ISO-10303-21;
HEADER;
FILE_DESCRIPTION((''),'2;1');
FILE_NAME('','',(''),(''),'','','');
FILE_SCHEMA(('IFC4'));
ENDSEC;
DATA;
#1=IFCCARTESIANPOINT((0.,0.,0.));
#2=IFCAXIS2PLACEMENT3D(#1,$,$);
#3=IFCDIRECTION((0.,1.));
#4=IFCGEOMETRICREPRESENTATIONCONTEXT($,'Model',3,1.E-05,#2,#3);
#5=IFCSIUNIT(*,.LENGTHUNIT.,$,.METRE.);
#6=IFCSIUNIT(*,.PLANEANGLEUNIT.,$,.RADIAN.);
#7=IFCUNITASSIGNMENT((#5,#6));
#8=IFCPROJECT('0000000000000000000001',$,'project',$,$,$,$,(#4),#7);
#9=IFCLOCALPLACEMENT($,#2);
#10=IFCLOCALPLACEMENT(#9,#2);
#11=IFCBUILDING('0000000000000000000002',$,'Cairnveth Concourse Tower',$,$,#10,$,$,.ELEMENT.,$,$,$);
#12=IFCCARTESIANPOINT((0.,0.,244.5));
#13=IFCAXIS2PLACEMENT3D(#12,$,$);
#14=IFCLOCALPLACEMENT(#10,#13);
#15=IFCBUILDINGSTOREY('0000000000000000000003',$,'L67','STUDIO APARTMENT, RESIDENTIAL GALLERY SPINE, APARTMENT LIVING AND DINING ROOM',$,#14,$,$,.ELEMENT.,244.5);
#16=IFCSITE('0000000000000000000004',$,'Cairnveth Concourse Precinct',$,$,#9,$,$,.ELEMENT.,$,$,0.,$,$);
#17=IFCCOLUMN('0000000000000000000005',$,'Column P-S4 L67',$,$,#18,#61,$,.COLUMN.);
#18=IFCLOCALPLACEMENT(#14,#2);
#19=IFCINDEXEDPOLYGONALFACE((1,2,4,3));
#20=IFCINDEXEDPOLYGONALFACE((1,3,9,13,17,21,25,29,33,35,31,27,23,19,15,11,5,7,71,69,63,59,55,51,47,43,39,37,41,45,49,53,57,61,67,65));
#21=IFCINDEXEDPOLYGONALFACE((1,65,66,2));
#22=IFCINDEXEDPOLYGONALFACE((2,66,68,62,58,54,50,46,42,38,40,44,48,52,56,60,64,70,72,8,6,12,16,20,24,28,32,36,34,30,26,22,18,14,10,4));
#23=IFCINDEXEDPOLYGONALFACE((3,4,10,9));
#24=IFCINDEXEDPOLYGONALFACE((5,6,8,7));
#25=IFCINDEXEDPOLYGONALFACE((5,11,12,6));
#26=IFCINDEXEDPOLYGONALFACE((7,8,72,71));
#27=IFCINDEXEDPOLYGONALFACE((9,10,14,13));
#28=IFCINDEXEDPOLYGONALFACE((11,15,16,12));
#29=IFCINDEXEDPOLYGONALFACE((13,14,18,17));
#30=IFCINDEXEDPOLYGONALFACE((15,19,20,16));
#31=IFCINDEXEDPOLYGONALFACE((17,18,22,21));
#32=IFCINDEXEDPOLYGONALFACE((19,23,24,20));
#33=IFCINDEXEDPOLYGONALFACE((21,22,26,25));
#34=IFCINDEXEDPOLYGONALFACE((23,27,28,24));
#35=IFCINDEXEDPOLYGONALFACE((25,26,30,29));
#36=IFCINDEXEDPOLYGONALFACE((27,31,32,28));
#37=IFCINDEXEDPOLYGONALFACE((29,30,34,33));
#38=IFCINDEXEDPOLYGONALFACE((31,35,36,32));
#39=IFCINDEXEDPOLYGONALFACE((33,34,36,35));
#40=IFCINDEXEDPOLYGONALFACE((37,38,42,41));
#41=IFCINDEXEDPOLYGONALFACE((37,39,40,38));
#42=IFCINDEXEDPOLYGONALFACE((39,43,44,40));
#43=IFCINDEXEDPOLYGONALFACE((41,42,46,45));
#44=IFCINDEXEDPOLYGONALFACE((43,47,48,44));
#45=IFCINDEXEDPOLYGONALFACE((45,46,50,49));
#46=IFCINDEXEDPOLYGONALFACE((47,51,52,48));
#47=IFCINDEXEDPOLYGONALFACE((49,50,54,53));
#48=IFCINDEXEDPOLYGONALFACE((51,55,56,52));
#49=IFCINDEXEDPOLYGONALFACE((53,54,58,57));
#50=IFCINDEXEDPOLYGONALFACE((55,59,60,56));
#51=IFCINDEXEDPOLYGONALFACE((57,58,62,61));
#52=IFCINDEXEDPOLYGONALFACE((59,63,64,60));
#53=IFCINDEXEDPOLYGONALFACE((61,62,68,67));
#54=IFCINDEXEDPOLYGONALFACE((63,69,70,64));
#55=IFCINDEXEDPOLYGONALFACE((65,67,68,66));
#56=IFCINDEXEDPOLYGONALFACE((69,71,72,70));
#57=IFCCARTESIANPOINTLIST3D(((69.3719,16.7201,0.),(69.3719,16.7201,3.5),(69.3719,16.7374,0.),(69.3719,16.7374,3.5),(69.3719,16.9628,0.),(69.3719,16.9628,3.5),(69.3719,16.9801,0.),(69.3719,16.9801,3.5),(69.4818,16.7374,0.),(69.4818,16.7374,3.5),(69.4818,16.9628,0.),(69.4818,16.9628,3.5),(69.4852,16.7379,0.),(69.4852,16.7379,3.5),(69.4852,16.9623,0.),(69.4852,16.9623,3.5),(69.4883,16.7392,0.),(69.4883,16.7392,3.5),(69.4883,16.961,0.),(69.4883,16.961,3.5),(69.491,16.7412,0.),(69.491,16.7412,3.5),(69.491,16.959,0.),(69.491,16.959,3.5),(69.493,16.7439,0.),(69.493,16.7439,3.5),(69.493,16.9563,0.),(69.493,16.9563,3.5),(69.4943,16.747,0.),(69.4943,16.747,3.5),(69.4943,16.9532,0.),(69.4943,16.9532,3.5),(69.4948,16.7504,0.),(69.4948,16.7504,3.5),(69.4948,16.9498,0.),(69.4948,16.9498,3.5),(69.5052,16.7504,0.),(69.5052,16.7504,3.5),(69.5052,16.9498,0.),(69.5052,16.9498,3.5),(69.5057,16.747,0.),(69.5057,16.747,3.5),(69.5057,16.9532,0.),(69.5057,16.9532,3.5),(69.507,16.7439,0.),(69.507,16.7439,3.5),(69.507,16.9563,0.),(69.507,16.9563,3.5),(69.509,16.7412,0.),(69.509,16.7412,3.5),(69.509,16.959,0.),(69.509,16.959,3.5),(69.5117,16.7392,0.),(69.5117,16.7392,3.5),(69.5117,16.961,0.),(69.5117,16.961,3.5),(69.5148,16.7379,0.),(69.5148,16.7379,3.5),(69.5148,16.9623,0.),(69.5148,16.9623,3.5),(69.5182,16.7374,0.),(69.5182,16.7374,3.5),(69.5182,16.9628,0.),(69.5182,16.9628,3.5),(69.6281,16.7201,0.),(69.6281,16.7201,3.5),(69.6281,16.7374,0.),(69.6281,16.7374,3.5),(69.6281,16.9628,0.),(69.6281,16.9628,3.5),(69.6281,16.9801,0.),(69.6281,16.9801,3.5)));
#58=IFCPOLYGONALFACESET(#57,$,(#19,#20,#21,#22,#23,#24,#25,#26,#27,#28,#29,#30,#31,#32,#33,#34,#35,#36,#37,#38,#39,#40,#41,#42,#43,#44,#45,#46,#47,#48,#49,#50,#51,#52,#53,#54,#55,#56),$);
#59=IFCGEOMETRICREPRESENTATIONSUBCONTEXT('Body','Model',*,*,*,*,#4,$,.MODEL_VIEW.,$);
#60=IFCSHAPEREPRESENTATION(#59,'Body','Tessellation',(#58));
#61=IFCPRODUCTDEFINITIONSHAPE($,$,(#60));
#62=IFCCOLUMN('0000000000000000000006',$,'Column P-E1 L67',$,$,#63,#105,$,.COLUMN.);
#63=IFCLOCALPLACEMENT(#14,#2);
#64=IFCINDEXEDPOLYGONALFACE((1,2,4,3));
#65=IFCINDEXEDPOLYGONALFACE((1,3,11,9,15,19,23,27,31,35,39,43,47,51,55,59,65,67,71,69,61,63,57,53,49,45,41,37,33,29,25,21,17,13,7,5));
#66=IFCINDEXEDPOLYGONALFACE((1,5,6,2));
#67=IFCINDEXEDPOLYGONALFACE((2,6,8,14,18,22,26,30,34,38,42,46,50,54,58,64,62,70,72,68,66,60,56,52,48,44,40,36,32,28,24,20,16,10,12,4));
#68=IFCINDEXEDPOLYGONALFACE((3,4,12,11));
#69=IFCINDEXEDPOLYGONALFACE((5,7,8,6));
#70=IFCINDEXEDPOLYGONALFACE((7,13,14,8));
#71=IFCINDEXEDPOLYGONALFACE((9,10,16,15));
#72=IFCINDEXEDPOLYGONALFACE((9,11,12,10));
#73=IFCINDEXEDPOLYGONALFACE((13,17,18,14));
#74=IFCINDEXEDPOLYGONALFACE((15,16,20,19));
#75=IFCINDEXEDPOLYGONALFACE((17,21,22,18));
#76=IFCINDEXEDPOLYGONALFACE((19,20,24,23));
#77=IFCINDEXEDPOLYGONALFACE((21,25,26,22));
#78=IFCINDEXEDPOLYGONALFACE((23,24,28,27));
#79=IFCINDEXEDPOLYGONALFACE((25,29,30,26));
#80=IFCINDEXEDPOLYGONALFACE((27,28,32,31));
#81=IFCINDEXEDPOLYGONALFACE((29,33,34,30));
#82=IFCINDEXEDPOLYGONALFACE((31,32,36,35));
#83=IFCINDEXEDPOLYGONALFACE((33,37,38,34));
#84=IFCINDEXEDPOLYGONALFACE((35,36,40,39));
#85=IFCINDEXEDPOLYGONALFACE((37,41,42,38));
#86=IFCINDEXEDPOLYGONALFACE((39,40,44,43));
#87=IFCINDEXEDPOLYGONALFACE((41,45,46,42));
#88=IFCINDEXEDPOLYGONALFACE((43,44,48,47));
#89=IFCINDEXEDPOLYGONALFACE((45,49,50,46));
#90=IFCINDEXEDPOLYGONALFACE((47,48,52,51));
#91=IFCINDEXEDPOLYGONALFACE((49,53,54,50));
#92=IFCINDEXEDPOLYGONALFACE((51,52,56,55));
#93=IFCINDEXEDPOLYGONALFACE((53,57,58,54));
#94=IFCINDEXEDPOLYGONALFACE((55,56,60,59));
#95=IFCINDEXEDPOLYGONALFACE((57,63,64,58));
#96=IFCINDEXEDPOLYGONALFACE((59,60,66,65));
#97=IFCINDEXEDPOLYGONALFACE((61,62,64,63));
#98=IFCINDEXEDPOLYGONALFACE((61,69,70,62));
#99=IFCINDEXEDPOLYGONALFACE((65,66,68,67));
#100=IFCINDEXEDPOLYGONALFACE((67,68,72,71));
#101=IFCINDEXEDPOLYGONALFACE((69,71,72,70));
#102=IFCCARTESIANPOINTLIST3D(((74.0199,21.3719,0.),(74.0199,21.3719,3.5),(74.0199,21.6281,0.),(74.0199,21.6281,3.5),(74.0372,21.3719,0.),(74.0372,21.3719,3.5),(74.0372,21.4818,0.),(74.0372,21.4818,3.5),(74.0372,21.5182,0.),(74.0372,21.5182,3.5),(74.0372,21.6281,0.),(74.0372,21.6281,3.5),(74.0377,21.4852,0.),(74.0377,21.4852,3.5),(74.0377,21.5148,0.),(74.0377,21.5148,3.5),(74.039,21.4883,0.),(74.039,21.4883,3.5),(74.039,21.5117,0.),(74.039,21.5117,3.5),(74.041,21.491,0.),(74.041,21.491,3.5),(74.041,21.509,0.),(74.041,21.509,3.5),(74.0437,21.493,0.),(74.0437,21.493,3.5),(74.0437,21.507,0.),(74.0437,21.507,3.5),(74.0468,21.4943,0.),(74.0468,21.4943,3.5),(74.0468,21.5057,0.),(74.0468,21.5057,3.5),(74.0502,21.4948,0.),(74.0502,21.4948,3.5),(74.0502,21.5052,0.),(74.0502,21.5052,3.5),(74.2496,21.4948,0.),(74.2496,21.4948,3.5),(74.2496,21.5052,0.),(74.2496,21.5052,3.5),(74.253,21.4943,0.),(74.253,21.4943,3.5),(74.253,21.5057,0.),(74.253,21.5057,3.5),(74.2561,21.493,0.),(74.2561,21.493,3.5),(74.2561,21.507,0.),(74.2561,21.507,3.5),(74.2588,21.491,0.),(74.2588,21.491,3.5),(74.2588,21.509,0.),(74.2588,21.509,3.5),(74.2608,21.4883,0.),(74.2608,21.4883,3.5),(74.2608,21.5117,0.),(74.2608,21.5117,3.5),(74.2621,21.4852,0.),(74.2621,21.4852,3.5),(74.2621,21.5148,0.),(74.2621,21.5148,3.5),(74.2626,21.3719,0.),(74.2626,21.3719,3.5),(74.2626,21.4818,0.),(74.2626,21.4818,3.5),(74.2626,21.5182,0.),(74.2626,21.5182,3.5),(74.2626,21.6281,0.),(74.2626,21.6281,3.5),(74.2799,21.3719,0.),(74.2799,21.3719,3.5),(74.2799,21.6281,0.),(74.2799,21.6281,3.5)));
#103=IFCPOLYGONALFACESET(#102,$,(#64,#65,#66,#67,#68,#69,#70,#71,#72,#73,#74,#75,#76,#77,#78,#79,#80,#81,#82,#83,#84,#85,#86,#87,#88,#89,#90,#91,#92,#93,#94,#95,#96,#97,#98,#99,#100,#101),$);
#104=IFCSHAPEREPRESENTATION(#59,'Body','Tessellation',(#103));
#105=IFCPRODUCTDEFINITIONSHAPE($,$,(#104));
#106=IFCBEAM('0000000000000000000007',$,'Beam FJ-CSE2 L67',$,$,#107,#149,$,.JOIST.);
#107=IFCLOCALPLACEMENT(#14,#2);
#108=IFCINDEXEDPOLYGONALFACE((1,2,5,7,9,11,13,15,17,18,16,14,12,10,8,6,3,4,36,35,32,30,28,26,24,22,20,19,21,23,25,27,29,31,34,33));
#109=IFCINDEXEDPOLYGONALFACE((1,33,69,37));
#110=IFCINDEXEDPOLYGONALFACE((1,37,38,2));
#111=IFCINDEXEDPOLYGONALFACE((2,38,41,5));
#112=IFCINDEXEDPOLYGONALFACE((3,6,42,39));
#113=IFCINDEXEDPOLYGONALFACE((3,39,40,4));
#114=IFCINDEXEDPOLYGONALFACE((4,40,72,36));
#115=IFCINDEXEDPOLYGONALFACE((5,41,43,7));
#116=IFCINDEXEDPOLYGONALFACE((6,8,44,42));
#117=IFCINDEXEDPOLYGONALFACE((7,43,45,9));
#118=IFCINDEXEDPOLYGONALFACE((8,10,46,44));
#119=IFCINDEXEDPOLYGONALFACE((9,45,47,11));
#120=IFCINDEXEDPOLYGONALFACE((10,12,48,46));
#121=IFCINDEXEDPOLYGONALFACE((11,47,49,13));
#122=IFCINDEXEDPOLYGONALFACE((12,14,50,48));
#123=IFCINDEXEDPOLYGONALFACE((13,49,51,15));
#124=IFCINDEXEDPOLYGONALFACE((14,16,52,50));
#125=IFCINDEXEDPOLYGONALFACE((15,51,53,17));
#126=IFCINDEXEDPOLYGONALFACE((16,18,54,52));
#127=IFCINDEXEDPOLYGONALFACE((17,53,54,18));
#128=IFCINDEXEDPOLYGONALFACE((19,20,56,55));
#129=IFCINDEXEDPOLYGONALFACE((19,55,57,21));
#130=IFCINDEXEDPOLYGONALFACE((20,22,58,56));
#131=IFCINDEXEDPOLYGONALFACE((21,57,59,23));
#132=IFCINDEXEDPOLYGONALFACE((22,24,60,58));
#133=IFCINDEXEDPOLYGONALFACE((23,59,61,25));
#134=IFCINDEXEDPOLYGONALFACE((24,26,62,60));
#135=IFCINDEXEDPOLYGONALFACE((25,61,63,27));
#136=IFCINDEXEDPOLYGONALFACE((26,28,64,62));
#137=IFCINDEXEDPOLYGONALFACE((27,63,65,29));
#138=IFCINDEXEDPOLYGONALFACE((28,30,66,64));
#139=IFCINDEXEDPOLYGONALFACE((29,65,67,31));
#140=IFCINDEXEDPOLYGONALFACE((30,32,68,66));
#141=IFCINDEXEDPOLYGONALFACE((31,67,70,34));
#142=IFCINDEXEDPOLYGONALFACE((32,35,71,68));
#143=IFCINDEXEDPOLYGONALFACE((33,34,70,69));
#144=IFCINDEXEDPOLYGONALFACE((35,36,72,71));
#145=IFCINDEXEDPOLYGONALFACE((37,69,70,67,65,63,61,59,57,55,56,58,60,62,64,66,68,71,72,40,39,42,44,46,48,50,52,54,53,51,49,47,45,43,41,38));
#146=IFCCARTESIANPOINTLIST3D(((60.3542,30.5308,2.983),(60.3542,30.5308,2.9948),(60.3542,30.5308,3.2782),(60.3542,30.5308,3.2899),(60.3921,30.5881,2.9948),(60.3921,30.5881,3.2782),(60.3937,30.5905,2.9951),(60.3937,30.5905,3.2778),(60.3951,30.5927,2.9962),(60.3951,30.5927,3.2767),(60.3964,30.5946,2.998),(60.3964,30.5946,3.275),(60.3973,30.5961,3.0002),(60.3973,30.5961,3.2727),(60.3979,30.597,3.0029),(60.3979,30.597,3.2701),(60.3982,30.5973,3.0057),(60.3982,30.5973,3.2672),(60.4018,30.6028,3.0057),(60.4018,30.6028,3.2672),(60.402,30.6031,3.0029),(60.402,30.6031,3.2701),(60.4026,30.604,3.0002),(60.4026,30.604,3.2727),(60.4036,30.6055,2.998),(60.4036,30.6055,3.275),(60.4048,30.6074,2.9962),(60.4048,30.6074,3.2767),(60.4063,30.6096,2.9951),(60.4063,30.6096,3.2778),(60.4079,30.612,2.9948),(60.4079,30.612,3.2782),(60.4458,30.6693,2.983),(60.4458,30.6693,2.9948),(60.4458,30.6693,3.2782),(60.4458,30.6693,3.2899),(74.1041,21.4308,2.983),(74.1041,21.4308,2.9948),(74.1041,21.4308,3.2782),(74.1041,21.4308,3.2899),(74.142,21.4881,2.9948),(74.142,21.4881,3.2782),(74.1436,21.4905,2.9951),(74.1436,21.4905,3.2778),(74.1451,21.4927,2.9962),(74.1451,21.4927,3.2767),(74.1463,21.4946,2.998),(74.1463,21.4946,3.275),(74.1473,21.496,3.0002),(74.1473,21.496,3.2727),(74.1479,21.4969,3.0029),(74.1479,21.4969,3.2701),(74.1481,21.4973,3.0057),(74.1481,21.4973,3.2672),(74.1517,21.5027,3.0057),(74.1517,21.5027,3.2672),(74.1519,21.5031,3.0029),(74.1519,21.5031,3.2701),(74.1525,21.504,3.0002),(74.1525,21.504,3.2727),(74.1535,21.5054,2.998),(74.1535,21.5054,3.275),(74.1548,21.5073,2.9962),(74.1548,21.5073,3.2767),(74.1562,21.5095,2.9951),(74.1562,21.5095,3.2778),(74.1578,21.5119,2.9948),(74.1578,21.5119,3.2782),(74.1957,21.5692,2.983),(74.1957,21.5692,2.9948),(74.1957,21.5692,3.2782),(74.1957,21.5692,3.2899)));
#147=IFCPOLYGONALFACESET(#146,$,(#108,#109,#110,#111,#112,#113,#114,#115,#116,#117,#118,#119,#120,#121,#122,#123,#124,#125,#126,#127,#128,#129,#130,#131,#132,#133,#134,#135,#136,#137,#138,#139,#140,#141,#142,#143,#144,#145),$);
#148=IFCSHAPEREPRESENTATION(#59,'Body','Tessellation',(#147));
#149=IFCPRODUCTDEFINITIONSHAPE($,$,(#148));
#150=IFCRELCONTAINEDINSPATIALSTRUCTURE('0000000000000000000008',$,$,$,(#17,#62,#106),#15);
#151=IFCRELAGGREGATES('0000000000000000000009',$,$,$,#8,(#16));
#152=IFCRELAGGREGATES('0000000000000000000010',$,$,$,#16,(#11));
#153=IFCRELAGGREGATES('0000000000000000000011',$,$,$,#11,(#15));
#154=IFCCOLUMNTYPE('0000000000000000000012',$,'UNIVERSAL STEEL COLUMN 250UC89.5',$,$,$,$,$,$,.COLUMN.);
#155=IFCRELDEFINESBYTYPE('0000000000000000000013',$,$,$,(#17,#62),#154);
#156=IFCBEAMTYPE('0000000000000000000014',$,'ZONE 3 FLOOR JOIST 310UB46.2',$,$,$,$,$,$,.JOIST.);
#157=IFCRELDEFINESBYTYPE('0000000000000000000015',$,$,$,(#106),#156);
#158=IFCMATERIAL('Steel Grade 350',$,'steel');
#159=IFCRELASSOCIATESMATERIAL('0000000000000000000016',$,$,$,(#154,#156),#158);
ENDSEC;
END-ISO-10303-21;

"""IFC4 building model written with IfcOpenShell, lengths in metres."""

from ifc_helpers import new_model, si_unit, direction, frame, origin, origin_2d, place, context, subcontext, project, spatial, i_section, extrude, material, material_profile, profile_set, type_object, element, save


model = new_model("IFC4")

# Units and contexts
model_context = context("Model", 3, precision=1e-05, world=origin(), true_north=direction((0.0, 1.0)))
body_context = subcontext(model_context, "Body", "Model", "MODEL_VIEW")
ifc_project = project(units=[si_unit("LENGTHUNIT", "METRE"), si_unit("PLANEANGLEUNIT", "RADIAN")], contexts=[model_context])

# Site, building, storey
site_placement = place(None, origin())
site = spatial("IfcSite", under=ifc_project, at=site_placement, Name="Cairnveth Concourse Precinct", CompositionType="ELEMENT", RefElevation=0.0)
building_placement = place(site_placement, origin())
building = spatial("IfcBuilding", under=site, at=building_placement, Name="Cairnveth Concourse Tower", CompositionType="ELEMENT")
storey_placement = place(building_placement, frame((0.0, 0.0, 244.5)))
storey = spatial("IfcBuildingStorey", under=building, at=storey_placement, Name="L67", Description="STUDIO APARTMENT, RESIDENTIAL GALLERY SPINE, APARTMENT LIVING AND DINING ROOM", CompositionType="ELEMENT", Elevation=244.5)

# Columns
ifc_material_1 = material(Name="Steel Grade 350", Category="steel")
ifc_material_profile_1 = material_profile(ifc_material_1, i_section(OverallWidth=0.2561, OverallDepth=0.26, WebThickness=0.0105, FlangeThickness=0.0173, FilletRadius=0.0129, at=origin_2d()), Name="250UC89.5")
ifc_profile_set_1 = profile_set([ifc_material_profile_1], Name="Steel Grade 350")
column_type = type_object("IfcColumnType", Name="UNIVERSAL STEEL COLUMN 250UC89.5", PredefinedType="COLUMN", material=ifc_profile_set_1)
for number, where, z_axis, x_axis, name in (
    (1, (69.5, 16.8501, 0.0), (0.0, 0.0, 1.0), (1.0, 0.0, 0.0), "Column P-S4 L67"),
    (2, (74.1499, 21.5, 0.0), (0.0, 0.0, 1.0), (0.0, 1.0, 0.0), "Column P-E1 L67"),
):
    element("IfcColumn", number, at=place(storey_placement, frame(where, z_axis=z_axis, x_axis=x_axis)), inside=storey, type_object=column_type, Name=name, PredefinedType="COLUMN", context=body_context, shape_type="SweptSolid", body=[
        extrude(i_section(OverallWidth=0.2561, OverallDepth=0.26, WebThickness=0.0105, FlangeThickness=0.0173, FilletRadius=0.0129, at=origin_2d()), origin(), (0.0, 0.0, 1.0), 3.5),
    ])

# Beam
ifc_material_profile_2 = material_profile(ifc_material_1, i_section(OverallWidth=0.166, OverallDepth=0.3069, WebThickness=0.0066, FlangeThickness=0.0117, FilletRadius=0.011, at=origin_2d()), Name="310UB46.2")
ifc_profile_set_2 = profile_set([ifc_material_profile_2], Name="Steel Grade 350")
beam_type_1 = type_object("IfcBeamType", Name="ZONE 3 FLOOR JOIST 310UB46.2", PredefinedType="JOIST", material=ifc_profile_set_2)
beam_1_placement = place(storey_placement, frame((74.1499, 21.5, 3.1365), z_axis=(-0.833909, 0.551902, 0.0), x_axis=(-0.551902, -0.833909, 0.0)))
element("IfcBeam", 3, at=beam_1_placement, inside=storey, type_object=beam_type_1, Name="Beam FJ-CSE2 L67", PredefinedType="JOIST", context=body_context, shape_type="SweptSolid", body=[
    extrude(i_section(OverallWidth=0.166, OverallDepth=0.3069, WebThickness=0.0066, FlangeThickness=0.0117, FilletRadius=0.011, at=origin_2d()), origin(), (0.0, 0.0, 1.0), 16.4885),
])

save(model, "model.ifc")
